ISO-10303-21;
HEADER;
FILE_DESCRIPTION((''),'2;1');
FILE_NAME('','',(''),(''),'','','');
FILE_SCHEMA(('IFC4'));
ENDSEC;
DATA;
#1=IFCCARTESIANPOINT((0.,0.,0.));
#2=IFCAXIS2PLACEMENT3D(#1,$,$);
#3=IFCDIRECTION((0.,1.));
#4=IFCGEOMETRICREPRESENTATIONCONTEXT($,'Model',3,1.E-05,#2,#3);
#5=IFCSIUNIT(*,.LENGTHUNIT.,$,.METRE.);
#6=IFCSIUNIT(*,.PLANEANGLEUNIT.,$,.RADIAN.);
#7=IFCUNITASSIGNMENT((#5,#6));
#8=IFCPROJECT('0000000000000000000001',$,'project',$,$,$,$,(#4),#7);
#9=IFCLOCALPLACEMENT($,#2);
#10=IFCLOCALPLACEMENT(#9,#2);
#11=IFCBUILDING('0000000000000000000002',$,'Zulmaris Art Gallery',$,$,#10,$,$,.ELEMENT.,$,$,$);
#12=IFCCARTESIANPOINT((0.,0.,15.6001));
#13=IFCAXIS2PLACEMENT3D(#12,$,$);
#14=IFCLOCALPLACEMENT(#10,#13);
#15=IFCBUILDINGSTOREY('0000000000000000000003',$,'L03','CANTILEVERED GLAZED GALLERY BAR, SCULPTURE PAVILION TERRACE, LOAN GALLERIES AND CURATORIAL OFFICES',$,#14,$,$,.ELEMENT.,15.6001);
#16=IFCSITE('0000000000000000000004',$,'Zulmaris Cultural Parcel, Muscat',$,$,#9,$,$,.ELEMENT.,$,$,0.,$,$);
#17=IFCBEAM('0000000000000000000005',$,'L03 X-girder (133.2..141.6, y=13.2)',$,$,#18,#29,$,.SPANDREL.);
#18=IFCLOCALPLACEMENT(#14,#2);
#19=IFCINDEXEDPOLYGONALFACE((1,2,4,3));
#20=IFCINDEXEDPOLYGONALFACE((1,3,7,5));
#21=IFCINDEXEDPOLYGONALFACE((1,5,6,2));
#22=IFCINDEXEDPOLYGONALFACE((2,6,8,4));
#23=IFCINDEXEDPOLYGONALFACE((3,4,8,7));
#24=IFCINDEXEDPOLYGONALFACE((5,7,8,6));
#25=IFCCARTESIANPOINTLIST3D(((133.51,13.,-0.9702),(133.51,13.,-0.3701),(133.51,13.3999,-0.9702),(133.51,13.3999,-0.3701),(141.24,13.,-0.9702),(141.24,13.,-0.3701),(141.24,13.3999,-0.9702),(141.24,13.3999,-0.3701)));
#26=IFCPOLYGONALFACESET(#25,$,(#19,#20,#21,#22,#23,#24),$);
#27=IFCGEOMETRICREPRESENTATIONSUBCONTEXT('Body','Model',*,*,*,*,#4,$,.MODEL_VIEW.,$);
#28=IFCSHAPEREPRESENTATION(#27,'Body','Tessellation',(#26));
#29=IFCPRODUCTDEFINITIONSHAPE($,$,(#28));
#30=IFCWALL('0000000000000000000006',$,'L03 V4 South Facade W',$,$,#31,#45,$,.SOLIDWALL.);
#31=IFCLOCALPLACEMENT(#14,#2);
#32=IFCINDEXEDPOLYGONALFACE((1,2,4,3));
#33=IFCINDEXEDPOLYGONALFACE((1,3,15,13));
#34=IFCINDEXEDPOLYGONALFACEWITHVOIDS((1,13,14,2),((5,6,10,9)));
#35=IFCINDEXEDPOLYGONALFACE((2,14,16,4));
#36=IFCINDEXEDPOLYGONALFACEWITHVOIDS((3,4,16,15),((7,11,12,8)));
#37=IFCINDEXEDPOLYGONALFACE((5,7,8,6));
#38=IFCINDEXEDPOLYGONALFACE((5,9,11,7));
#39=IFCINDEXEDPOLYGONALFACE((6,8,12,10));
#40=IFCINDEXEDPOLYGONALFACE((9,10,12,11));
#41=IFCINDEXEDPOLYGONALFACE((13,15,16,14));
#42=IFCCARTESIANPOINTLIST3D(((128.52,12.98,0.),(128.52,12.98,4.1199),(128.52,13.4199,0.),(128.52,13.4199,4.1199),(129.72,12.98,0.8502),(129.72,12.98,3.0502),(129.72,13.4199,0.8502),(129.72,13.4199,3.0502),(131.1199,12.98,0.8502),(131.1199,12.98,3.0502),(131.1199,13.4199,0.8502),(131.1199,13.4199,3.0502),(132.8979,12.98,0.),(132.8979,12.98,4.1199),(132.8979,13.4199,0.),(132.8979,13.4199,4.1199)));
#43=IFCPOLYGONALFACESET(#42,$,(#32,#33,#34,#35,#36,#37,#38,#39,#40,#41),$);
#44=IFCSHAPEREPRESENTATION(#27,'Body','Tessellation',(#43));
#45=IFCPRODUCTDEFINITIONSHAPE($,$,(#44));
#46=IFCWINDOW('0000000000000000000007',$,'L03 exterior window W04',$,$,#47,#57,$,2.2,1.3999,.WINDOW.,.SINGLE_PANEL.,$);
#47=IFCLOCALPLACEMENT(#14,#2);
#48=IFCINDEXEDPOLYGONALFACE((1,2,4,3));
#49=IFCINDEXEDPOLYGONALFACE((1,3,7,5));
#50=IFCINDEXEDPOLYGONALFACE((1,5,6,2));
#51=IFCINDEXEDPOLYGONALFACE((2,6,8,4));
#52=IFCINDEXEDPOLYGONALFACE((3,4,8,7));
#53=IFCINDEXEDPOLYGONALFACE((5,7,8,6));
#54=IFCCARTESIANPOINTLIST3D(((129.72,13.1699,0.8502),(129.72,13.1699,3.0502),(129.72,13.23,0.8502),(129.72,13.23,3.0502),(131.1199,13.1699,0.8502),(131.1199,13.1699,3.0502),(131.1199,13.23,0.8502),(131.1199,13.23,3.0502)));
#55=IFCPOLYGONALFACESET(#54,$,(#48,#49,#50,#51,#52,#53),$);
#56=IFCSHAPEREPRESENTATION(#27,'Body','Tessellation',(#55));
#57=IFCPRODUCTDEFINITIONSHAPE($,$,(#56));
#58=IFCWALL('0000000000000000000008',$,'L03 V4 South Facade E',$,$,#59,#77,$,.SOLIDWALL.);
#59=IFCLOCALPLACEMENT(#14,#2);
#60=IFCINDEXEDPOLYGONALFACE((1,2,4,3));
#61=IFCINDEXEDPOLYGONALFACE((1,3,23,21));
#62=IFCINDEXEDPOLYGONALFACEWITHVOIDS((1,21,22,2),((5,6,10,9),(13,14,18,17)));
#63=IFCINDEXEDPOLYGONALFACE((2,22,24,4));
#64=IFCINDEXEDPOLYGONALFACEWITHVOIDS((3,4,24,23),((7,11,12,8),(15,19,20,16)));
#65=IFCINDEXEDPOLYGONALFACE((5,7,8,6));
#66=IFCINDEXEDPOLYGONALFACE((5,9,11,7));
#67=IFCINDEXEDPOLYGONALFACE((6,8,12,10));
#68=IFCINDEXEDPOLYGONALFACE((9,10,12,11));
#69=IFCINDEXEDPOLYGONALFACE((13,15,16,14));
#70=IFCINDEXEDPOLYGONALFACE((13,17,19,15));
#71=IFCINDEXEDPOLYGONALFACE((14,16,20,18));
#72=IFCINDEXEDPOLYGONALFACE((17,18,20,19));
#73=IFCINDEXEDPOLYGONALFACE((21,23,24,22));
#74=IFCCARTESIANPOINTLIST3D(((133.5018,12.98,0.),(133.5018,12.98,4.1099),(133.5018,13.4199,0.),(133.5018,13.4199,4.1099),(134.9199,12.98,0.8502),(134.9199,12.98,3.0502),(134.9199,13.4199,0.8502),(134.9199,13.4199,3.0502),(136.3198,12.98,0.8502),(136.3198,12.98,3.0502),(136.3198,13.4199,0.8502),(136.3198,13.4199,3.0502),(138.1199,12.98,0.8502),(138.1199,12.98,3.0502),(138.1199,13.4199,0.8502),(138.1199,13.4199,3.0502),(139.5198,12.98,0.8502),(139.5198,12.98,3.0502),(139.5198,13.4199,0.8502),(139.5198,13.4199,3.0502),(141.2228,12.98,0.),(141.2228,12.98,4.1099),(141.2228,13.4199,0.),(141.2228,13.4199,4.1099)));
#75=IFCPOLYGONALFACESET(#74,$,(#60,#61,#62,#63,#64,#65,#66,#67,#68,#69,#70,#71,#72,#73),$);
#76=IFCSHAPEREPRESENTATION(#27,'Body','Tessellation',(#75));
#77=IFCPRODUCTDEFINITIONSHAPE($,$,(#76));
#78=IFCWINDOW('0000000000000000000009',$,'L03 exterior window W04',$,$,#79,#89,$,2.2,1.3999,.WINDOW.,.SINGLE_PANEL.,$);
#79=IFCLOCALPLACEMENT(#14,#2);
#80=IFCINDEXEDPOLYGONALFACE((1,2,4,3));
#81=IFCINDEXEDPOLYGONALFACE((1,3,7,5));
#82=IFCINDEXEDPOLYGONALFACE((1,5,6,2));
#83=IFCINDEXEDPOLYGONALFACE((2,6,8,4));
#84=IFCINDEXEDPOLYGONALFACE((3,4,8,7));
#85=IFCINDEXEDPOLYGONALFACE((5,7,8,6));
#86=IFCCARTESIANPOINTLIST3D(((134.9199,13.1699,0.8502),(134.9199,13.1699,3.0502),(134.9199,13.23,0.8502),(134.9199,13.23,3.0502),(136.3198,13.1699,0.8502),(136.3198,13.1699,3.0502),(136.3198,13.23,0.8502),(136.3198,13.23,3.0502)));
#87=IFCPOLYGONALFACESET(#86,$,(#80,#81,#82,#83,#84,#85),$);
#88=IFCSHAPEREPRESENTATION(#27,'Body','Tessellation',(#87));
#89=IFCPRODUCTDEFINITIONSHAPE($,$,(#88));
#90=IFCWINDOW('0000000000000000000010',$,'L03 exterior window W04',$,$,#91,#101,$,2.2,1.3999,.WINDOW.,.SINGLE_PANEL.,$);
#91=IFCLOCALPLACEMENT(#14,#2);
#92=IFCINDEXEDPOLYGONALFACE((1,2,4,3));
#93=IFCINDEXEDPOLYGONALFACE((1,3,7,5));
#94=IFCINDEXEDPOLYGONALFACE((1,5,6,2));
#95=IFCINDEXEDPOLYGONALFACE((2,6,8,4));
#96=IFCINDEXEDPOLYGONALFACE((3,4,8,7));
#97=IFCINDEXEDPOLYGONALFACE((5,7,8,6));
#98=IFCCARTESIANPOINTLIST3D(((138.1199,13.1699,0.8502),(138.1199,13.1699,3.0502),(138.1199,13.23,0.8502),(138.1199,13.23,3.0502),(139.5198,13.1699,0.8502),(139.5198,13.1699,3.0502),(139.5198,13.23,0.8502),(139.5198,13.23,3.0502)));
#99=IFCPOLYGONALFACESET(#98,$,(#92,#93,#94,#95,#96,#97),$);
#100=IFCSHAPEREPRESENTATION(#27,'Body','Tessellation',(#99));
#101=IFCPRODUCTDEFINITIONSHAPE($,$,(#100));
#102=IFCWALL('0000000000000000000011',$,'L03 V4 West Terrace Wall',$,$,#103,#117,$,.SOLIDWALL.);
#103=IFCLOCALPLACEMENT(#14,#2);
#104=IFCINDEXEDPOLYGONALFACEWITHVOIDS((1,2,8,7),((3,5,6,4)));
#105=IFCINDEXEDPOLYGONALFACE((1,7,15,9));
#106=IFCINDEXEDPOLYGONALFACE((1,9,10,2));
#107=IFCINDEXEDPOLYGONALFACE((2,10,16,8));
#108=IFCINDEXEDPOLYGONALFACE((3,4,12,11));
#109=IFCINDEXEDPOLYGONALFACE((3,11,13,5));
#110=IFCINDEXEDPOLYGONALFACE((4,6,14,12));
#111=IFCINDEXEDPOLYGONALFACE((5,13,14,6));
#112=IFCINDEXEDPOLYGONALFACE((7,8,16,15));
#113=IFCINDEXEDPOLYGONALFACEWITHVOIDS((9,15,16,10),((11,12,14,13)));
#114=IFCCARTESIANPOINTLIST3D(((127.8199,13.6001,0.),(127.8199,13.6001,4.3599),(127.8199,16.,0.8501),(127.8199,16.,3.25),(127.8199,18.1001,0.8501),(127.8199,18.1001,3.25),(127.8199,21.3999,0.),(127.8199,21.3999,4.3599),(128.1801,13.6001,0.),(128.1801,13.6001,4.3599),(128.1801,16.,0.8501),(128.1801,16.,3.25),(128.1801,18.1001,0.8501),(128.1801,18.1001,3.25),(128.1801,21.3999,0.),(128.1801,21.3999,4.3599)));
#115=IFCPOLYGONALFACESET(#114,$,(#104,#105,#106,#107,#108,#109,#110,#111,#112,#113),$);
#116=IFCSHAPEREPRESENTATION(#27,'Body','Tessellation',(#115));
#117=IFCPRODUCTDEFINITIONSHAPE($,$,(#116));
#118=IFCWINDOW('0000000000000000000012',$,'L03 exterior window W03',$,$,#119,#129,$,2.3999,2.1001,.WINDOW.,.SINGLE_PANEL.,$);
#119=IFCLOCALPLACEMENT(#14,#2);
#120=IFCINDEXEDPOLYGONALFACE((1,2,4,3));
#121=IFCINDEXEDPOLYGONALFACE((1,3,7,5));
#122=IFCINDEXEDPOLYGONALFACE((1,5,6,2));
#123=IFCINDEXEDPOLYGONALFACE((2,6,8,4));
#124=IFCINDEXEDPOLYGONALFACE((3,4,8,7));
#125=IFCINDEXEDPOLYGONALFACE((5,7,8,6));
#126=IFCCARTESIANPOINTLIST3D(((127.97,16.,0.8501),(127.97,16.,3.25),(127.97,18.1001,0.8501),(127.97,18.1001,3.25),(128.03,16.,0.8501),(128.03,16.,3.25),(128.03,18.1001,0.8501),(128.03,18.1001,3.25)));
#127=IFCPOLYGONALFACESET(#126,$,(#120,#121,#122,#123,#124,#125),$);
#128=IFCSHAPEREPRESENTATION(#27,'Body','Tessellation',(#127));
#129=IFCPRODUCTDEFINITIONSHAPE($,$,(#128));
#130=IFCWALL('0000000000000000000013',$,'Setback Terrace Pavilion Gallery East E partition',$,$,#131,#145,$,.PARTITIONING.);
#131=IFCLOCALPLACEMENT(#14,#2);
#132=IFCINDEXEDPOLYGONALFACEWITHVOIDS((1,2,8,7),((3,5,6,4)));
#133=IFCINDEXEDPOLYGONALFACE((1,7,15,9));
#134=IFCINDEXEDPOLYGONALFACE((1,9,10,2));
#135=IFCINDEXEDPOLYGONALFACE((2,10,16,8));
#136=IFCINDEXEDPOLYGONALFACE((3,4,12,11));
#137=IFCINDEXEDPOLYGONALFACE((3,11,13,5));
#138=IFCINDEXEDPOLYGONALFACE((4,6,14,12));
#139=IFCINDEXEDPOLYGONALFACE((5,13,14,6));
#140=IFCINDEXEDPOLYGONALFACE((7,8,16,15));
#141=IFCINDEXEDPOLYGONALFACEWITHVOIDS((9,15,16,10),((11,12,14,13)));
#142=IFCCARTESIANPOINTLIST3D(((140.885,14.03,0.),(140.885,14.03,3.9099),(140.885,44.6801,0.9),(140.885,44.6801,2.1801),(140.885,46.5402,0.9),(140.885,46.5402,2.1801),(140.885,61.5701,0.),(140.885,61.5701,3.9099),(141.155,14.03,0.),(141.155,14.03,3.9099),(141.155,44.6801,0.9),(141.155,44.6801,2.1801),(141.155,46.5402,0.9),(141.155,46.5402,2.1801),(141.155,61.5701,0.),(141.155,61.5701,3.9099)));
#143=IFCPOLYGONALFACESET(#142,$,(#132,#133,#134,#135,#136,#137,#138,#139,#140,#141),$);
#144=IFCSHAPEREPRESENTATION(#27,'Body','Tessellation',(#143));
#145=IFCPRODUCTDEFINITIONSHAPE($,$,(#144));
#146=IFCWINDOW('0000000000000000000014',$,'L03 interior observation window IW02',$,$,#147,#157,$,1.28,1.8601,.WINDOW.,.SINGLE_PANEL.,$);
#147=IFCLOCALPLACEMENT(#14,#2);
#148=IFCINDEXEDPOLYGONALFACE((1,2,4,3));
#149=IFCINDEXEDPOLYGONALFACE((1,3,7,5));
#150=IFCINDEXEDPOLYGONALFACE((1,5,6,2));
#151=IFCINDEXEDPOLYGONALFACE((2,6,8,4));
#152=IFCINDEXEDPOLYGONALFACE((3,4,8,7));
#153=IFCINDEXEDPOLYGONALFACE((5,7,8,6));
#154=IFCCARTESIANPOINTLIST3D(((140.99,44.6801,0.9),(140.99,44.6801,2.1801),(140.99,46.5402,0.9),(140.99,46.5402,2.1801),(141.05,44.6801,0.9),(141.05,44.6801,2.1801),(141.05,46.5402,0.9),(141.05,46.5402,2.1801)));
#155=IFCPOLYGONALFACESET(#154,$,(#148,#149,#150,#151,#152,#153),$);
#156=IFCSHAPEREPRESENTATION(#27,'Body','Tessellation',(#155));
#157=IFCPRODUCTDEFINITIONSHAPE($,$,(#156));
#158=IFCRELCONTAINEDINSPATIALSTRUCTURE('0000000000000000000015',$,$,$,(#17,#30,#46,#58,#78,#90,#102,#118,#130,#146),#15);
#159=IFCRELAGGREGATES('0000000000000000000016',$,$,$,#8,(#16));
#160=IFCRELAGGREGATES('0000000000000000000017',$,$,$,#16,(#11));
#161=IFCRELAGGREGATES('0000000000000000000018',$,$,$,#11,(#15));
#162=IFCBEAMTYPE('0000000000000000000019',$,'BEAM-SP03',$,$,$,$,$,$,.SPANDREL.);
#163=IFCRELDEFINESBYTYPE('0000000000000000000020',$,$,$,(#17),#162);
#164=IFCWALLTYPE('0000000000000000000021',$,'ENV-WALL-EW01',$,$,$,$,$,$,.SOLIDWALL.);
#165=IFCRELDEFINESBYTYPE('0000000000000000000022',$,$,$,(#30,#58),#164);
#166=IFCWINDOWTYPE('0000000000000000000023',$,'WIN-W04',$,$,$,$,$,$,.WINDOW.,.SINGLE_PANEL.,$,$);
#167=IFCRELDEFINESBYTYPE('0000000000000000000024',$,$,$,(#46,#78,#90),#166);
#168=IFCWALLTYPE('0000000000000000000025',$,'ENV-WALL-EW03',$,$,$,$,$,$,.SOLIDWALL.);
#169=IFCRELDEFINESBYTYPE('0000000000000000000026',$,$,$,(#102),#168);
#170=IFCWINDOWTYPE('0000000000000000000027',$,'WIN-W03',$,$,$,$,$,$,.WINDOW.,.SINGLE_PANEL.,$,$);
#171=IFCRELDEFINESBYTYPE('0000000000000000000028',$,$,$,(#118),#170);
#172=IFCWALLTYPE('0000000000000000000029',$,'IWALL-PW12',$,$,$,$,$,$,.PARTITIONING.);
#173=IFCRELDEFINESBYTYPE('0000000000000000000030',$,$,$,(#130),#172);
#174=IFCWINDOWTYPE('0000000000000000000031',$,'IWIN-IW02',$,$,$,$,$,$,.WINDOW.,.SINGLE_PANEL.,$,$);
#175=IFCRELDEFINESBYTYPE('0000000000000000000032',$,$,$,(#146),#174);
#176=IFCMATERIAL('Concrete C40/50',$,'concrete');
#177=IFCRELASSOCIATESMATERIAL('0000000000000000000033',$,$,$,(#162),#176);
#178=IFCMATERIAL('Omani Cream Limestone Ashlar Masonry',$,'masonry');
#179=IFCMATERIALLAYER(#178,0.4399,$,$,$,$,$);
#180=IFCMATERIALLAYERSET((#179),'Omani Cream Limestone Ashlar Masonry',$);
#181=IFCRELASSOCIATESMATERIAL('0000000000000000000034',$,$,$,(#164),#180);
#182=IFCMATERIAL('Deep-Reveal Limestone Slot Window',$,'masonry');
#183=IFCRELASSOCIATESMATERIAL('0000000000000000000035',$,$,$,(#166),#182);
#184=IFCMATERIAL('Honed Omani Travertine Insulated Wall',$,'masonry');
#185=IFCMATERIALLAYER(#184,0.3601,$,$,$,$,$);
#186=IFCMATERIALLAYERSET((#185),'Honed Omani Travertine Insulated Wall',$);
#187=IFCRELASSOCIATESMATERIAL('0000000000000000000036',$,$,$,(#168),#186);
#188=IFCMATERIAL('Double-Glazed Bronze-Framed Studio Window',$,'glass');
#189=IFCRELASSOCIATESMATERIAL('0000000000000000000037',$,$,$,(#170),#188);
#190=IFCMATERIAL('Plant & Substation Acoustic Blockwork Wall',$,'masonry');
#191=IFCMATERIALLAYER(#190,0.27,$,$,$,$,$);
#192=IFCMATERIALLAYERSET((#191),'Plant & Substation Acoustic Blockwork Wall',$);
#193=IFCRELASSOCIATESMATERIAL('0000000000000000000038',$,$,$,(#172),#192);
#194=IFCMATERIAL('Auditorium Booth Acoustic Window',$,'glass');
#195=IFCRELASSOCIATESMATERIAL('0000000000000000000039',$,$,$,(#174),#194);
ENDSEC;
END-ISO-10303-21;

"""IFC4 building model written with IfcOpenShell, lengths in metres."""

from ifc_helpers import new_model, si_unit, direction, frame, frame_2d, origin, origin_2d, place, context, subcontext, project, spatial, rectangle, extrude, material, layer, layer_set, material_profile, profile_set, type_object, element, fill, save


model = new_model("IFC4")

# Units and contexts
model_context = context("Model", 3, precision=1e-05, world=origin(), true_north=direction((0.0, 1.0)))
body_context = subcontext(model_context, "Body", "Model", "MODEL_VIEW")
ifc_project = project(units=[si_unit("LENGTHUNIT", "METRE"), si_unit("PLANEANGLEUNIT", "RADIAN")], contexts=[model_context])

# Site, building, storey
site_placement = place(None, origin())
site = spatial("IfcSite", under=ifc_project, at=site_placement, Name="Zulmaris Cultural Parcel, Muscat", CompositionType="ELEMENT", RefElevation=0.0)
building_placement = place(site_placement, origin())
building = spatial("IfcBuilding", under=site, at=building_placement, Name="Zulmaris Art Gallery", CompositionType="ELEMENT")
storey_placement = place(building_placement, frame((0.0, 0.0, 15.6001)))
storey = spatial("IfcBuildingStorey", under=building, at=storey_placement, Name="L03", Description="CANTILEVERED GLAZED GALLERY BAR, SCULPTURE PAVILION TERRACE, LOAN GALLERIES AND CURATORIAL OFFICES", CompositionType="ELEMENT", Elevation=15.6001)

# Shared definitions
ifc_material_1 = material(Name="Concrete C40/50", Category="concrete")

# Beam
ifc_material_profile_1 = material_profile(ifc_material_1, rectangle(XDim=0.3999, YDim=0.6001, at=origin_2d()), Name="RC 400x600")
ifc_profile_set_1 = profile_set([ifc_material_profile_1], Name="Concrete C40/50")
beam_type_1 = type_object("IfcBeamType", Name="BEAM-SP03", PredefinedType="SPANDREL", material=ifc_profile_set_1)
beam_1_placement = place(storey_placement, frame((133.51, 13.2, -0.6702), z_axis=(1.0, 0.0, 0.0), x_axis=(0.0, 1.0, 0.0)))
element("IfcBeam", 1, at=beam_1_placement, inside=storey, type_object=beam_type_1, Name="L03 X-girder (133.2..141.6, y=13.2)", PredefinedType="SPANDREL", context=body_context, shape_type="SweptSolid", body=[
    extrude(rectangle(XDim=0.3999, YDim=0.6001, at=origin_2d()), origin(), (0.0, 0.0, 1.0), 7.73),
])

# Wall, opening, window
ifc_material_2 = material(Name="Omani Cream Limestone Ashlar Masonry", Category="masonry")
ifc_layer_1 = layer(ifc_material_2, 0.4399)
ifc_layer_set_1 = layer_set([ifc_layer_1], Name="Omani Cream Limestone Ashlar Masonry")
wall_type_1 = type_object("IfcWallType", Name="ENV-WALL-EW01", PredefinedType="SOLIDWALL", material=ifc_layer_set_1)
wall_1_placement = place(storey_placement, frame((128.52, 13.2, 0.0), z_axis=(0.0, 0.0, 1.0), x_axis=(1.0, 0.0, 0.0)))
wall_1 = element("IfcWall", 2, at=wall_1_placement, inside=storey, type_object=wall_type_1, Name="L03 V4 South Facade W", PredefinedType="SOLIDWALL", context=body_context, shape_type="SweptSolid", body=[
    extrude(rectangle(XDim=4.3779, YDim=0.4399, at=frame_2d((2.189, 0.0))), origin(), (0.0, 0.0, 1.0), 4.1199),
])
opening_1_placement = place(wall_1_placement, frame((1.2, 0.0, 0.8501)))
opening_1 = element("IfcOpeningElement", 3, at=opening_1_placement, cuts=wall_1, PredefinedType="OPENING", context=body_context, shape_type="SweptSolid", body=[
    extrude(rectangle(XDim=1.3999, YDim=2.2, at=frame_2d((0.7, 1.1001))), frame((0.0, 0.23, 0.0), z_axis=(0.0, -1.0, 0.0), x_axis=(1.0, 0.0, 0.0)), (0.0, 0.0, 1.0), 0.46),
])
ifc_material_3 = material(Name="Deep-Reveal Limestone Slot Window", Category="masonry")
window_type_1 = type_object("IfcWindowType", Name="WIN-W04", PartitioningType="SINGLE_PANEL", PredefinedType="WINDOW", material=ifc_material_3)
window_1_placement = place(opening_1_placement, origin())
window_1 = element("IfcWindow", 4, at=window_1_placement, inside=storey, type_object=window_type_1, Name="L03 exterior window W04", OverallHeight=2.2, OverallWidth=1.3999, PartitioningType="SINGLE_PANEL", PredefinedType="WINDOW", context=body_context, shape_type="SweptSolid", body=[
    extrude(rectangle(XDim=1.3999, YDim=2.2, at=frame_2d((0.7, 1.1001))), frame((0.0, 0.03, 0.0), z_axis=(0.0, -1.0, 0.0), x_axis=(1.0, 0.0, 0.0)), (0.0, 0.0, 1.0), 0.0601),
])
fill(opening_1, window_1)

# Wall, openings, windows
wall_2_placement = place(storey_placement, frame((133.502, 13.2, 0.0), z_axis=(0.0, 0.0, 1.0), x_axis=(1.0, 0.0, 0.0)))
wall_2 = element("IfcWall", 5, at=wall_2_placement, inside=storey, type_object=wall_type_1, Name="L03 V4 South Facade E", PredefinedType="SOLIDWALL", context=body_context, shape_type="SweptSolid", body=[
    extrude(rectangle(XDim=7.7209, YDim=0.4399, at=frame_2d((3.8604, 0.0))), origin(), (0.0, 0.0, 1.0), 4.1099),
])
opening_2_placement = place(wall_2_placement, frame((1.418, 0.0, 0.8501)))
opening_2 = element("IfcOpeningElement", 6, at=opening_2_placement, cuts=wall_2, PredefinedType="OPENING", context=body_context, shape_type="SweptSolid", body=[
    extrude(rectangle(XDim=1.3999, YDim=2.2, at=frame_2d((0.7, 1.1001))), frame((0.0, 0.23, 0.0), z_axis=(0.0, -1.0, 0.0), x_axis=(1.0, 0.0, 0.0)), (0.0, 0.0, 1.0), 0.46),
])
opening_3_placement = place(wall_2_placement, frame((4.6179, 0.0, 0.8501)))
opening_3 = element("IfcOpeningElement", 7, at=opening_3_placement, cuts=wall_2, PredefinedType="OPENING", context=body_context, shape_type="SweptSolid", body=[
    extrude(rectangle(XDim=1.3999, YDim=2.2, at=frame_2d((0.7, 1.1001))), frame((0.0, 0.23, 0.0), z_axis=(0.0, -1.0, 0.0), x_axis=(1.0, 0.0, 0.0)), (0.0, 0.0, 1.0), 0.46),
])
window_2_placement = place(opening_2_placement, origin())
window_2 = element("IfcWindow", 8, at=window_2_placement, inside=storey, type_object=window_type_1, Name="L03 exterior window W04", OverallHeight=2.2, OverallWidth=1.3999, PartitioningType="SINGLE_PANEL", PredefinedType="WINDOW", context=body_context, shape_type="SweptSolid", body=[
    extrude(rectangle(XDim=1.3999, YDim=2.2, at=frame_2d((0.7, 1.1001))), frame((0.0, 0.03, 0.0), z_axis=(0.0, -1.0, 0.0), x_axis=(1.0, 0.0, 0.0)), (0.0, 0.0, 1.0), 0.0601),
])
fill(opening_2, window_2)
window_3_placement = place(opening_3_placement, origin())
window_3 = element("IfcWindow", 9, at=window_3_placement, inside=storey, type_object=window_type_1, Name="L03 exterior window W04", OverallHeight=2.2, OverallWidth=1.3999, PartitioningType="SINGLE_PANEL", PredefinedType="WINDOW", context=body_context, shape_type="SweptSolid", body=[
    extrude(rectangle(XDim=1.3999, YDim=2.2, at=frame_2d((0.7, 1.1001))), frame((0.0, 0.03, 0.0), z_axis=(0.0, -1.0, 0.0), x_axis=(1.0, 0.0, 0.0)), (0.0, 0.0, 1.0), 0.0601),
])
fill(opening_3, window_3)

# Walls, openings, windows
ifc_material_4 = material(Name="Honed Omani Travertine Insulated Wall", Category="masonry")
ifc_layer_2 = layer(ifc_material_4, 0.3601)
ifc_layer_set_2 = layer_set([ifc_layer_2], Name="Honed Omani Travertine Insulated Wall")
wall_type_2 = type_object("IfcWallType", Name="ENV-WALL-EW03", PredefinedType="SOLIDWALL", material=ifc_layer_set_2)
wall_3_placement = place(storey_placement, frame((128.0, 13.6001, 0.0), z_axis=(0.0, 0.0, 1.0), x_axis=(0.0, 1.0, 0.0)))
wall_3 = element("IfcWall", 10, at=wall_3_placement, inside=storey, type_object=wall_type_2, Name="L03 V4 West Terrace Wall", PredefinedType="SOLIDWALL", context=body_context, shape_type="SweptSolid", body=[
    extrude(rectangle(XDim=7.7998, YDim=0.3601, at=frame_2d((3.8999, 0.0))), origin(), (0.0, 0.0, 1.0), 4.3599),
])
opening_4_placement = place(wall_3_placement, frame((2.3999, 0.0, 0.8501)))
opening_4 = element("IfcOpeningElement", 11, at=opening_4_placement, cuts=wall_3, PredefinedType="OPENING", context=body_context, shape_type="SweptSolid", body=[
    extrude(rectangle(XDim=2.1001, YDim=2.3999, at=frame_2d((1.05, 1.2))), frame((0.0, 0.1899, 0.0), z_axis=(0.0, -1.0, 0.0), x_axis=(1.0, 0.0, 0.0)), (0.0, 0.0, 1.0), 0.3801),
])
ifc_material_5 = material(Name="Double-Glazed Bronze-Framed Studio Window", Category="glass")
window_type_2 = type_object("IfcWindowType", Name="WIN-W03", PartitioningType="SINGLE_PANEL", PredefinedType="WINDOW", material=ifc_material_5)
window_4_placement = place(opening_4_placement, origin())
window_4 = element("IfcWindow", 12, at=window_4_placement, inside=storey, type_object=window_type_2, Name="L03 exterior window W03", OverallHeight=2.3999, OverallWidth=2.1001, PartitioningType="SINGLE_PANEL", PredefinedType="WINDOW", context=body_context, shape_type="SweptSolid", body=[
    extrude(rectangle(XDim=2.1001, YDim=2.3999, at=frame_2d((1.05, 1.2))), frame((0.0, 0.03, 0.0), z_axis=(0.0, -1.0, 0.0), x_axis=(1.0, 0.0, 0.0)), (0.0, 0.0, 1.0), 0.0601),
])
fill(opening_4, window_4)
ifc_material_6 = material(Name="Plant & Substation Acoustic Blockwork Wall", Category="masonry")
ifc_layer_3 = layer(ifc_material_6, 0.27)
ifc_layer_set_3 = layer_set([ifc_layer_3], Name="Plant & Substation Acoustic Blockwork Wall")
wall_type_3 = type_object("IfcWallType", Name="IWALL-PW12", PredefinedType="PARTITIONING", material=ifc_layer_set_3)
wall_4_placement = place(storey_placement, frame((141.02, 14.03, 0.0), z_axis=(0.0, 0.0, 1.0), x_axis=(0.0, 1.0, 0.0)))
wall_4 = element("IfcWall", 13, at=wall_4_placement, inside=storey, type_object=wall_type_3, Name="Setback Terrace Pavilion Gallery East E partition", PredefinedType="PARTITIONING", context=body_context, shape_type="SweptSolid", body=[
    extrude(rectangle(XDim=47.54, YDim=0.27, at=frame_2d((23.77, 0.0))), origin(), (0.0, 0.0, 1.0), 3.9099),
])
opening_5_placement = place(wall_4_placement, frame((30.6499, 0.0, 0.8999)))
opening_5 = element("IfcOpeningElement", 14, at=opening_5_placement, cuts=wall_4, PredefinedType="OPENING", context=body_context, shape_type="SweptSolid", body=[
    extrude(rectangle(XDim=1.8601, YDim=1.28, at=frame_2d((0.9302, 0.6401))), frame((0.0, 0.145, 0.0), z_axis=(0.0, -1.0, 0.0), x_axis=(1.0, 0.0, 0.0)), (0.0, 0.0, 1.0), 0.29),
])
ifc_material_7 = material(Name="Auditorium Booth Acoustic Window", Category="glass")
window_type_3 = type_object("IfcWindowType", Name="IWIN-IW02", PartitioningType="SINGLE_PANEL", PredefinedType="WINDOW", material=ifc_material_7)
window_5_placement = place(opening_5_placement, origin())
window_5 = element("IfcWindow", 15, at=window_5_placement, inside=storey, type_object=window_type_3, Name="L03 interior observation window IW02", OverallHeight=1.28, OverallWidth=1.8601, PartitioningType="SINGLE_PANEL", PredefinedType="WINDOW", context=body_context, shape_type="SweptSolid", body=[
    extrude(rectangle(XDim=1.8601, YDim=1.28, at=frame_2d((0.9302, 0.6401))), frame((0.0, 0.03, 0.0), z_axis=(0.0, -1.0, 0.0), x_axis=(1.0, 0.0, 0.0)), (0.0, 0.0, 1.0), 0.0601),
])
fill(opening_5, window_5)

save(model, "model.ifc")
